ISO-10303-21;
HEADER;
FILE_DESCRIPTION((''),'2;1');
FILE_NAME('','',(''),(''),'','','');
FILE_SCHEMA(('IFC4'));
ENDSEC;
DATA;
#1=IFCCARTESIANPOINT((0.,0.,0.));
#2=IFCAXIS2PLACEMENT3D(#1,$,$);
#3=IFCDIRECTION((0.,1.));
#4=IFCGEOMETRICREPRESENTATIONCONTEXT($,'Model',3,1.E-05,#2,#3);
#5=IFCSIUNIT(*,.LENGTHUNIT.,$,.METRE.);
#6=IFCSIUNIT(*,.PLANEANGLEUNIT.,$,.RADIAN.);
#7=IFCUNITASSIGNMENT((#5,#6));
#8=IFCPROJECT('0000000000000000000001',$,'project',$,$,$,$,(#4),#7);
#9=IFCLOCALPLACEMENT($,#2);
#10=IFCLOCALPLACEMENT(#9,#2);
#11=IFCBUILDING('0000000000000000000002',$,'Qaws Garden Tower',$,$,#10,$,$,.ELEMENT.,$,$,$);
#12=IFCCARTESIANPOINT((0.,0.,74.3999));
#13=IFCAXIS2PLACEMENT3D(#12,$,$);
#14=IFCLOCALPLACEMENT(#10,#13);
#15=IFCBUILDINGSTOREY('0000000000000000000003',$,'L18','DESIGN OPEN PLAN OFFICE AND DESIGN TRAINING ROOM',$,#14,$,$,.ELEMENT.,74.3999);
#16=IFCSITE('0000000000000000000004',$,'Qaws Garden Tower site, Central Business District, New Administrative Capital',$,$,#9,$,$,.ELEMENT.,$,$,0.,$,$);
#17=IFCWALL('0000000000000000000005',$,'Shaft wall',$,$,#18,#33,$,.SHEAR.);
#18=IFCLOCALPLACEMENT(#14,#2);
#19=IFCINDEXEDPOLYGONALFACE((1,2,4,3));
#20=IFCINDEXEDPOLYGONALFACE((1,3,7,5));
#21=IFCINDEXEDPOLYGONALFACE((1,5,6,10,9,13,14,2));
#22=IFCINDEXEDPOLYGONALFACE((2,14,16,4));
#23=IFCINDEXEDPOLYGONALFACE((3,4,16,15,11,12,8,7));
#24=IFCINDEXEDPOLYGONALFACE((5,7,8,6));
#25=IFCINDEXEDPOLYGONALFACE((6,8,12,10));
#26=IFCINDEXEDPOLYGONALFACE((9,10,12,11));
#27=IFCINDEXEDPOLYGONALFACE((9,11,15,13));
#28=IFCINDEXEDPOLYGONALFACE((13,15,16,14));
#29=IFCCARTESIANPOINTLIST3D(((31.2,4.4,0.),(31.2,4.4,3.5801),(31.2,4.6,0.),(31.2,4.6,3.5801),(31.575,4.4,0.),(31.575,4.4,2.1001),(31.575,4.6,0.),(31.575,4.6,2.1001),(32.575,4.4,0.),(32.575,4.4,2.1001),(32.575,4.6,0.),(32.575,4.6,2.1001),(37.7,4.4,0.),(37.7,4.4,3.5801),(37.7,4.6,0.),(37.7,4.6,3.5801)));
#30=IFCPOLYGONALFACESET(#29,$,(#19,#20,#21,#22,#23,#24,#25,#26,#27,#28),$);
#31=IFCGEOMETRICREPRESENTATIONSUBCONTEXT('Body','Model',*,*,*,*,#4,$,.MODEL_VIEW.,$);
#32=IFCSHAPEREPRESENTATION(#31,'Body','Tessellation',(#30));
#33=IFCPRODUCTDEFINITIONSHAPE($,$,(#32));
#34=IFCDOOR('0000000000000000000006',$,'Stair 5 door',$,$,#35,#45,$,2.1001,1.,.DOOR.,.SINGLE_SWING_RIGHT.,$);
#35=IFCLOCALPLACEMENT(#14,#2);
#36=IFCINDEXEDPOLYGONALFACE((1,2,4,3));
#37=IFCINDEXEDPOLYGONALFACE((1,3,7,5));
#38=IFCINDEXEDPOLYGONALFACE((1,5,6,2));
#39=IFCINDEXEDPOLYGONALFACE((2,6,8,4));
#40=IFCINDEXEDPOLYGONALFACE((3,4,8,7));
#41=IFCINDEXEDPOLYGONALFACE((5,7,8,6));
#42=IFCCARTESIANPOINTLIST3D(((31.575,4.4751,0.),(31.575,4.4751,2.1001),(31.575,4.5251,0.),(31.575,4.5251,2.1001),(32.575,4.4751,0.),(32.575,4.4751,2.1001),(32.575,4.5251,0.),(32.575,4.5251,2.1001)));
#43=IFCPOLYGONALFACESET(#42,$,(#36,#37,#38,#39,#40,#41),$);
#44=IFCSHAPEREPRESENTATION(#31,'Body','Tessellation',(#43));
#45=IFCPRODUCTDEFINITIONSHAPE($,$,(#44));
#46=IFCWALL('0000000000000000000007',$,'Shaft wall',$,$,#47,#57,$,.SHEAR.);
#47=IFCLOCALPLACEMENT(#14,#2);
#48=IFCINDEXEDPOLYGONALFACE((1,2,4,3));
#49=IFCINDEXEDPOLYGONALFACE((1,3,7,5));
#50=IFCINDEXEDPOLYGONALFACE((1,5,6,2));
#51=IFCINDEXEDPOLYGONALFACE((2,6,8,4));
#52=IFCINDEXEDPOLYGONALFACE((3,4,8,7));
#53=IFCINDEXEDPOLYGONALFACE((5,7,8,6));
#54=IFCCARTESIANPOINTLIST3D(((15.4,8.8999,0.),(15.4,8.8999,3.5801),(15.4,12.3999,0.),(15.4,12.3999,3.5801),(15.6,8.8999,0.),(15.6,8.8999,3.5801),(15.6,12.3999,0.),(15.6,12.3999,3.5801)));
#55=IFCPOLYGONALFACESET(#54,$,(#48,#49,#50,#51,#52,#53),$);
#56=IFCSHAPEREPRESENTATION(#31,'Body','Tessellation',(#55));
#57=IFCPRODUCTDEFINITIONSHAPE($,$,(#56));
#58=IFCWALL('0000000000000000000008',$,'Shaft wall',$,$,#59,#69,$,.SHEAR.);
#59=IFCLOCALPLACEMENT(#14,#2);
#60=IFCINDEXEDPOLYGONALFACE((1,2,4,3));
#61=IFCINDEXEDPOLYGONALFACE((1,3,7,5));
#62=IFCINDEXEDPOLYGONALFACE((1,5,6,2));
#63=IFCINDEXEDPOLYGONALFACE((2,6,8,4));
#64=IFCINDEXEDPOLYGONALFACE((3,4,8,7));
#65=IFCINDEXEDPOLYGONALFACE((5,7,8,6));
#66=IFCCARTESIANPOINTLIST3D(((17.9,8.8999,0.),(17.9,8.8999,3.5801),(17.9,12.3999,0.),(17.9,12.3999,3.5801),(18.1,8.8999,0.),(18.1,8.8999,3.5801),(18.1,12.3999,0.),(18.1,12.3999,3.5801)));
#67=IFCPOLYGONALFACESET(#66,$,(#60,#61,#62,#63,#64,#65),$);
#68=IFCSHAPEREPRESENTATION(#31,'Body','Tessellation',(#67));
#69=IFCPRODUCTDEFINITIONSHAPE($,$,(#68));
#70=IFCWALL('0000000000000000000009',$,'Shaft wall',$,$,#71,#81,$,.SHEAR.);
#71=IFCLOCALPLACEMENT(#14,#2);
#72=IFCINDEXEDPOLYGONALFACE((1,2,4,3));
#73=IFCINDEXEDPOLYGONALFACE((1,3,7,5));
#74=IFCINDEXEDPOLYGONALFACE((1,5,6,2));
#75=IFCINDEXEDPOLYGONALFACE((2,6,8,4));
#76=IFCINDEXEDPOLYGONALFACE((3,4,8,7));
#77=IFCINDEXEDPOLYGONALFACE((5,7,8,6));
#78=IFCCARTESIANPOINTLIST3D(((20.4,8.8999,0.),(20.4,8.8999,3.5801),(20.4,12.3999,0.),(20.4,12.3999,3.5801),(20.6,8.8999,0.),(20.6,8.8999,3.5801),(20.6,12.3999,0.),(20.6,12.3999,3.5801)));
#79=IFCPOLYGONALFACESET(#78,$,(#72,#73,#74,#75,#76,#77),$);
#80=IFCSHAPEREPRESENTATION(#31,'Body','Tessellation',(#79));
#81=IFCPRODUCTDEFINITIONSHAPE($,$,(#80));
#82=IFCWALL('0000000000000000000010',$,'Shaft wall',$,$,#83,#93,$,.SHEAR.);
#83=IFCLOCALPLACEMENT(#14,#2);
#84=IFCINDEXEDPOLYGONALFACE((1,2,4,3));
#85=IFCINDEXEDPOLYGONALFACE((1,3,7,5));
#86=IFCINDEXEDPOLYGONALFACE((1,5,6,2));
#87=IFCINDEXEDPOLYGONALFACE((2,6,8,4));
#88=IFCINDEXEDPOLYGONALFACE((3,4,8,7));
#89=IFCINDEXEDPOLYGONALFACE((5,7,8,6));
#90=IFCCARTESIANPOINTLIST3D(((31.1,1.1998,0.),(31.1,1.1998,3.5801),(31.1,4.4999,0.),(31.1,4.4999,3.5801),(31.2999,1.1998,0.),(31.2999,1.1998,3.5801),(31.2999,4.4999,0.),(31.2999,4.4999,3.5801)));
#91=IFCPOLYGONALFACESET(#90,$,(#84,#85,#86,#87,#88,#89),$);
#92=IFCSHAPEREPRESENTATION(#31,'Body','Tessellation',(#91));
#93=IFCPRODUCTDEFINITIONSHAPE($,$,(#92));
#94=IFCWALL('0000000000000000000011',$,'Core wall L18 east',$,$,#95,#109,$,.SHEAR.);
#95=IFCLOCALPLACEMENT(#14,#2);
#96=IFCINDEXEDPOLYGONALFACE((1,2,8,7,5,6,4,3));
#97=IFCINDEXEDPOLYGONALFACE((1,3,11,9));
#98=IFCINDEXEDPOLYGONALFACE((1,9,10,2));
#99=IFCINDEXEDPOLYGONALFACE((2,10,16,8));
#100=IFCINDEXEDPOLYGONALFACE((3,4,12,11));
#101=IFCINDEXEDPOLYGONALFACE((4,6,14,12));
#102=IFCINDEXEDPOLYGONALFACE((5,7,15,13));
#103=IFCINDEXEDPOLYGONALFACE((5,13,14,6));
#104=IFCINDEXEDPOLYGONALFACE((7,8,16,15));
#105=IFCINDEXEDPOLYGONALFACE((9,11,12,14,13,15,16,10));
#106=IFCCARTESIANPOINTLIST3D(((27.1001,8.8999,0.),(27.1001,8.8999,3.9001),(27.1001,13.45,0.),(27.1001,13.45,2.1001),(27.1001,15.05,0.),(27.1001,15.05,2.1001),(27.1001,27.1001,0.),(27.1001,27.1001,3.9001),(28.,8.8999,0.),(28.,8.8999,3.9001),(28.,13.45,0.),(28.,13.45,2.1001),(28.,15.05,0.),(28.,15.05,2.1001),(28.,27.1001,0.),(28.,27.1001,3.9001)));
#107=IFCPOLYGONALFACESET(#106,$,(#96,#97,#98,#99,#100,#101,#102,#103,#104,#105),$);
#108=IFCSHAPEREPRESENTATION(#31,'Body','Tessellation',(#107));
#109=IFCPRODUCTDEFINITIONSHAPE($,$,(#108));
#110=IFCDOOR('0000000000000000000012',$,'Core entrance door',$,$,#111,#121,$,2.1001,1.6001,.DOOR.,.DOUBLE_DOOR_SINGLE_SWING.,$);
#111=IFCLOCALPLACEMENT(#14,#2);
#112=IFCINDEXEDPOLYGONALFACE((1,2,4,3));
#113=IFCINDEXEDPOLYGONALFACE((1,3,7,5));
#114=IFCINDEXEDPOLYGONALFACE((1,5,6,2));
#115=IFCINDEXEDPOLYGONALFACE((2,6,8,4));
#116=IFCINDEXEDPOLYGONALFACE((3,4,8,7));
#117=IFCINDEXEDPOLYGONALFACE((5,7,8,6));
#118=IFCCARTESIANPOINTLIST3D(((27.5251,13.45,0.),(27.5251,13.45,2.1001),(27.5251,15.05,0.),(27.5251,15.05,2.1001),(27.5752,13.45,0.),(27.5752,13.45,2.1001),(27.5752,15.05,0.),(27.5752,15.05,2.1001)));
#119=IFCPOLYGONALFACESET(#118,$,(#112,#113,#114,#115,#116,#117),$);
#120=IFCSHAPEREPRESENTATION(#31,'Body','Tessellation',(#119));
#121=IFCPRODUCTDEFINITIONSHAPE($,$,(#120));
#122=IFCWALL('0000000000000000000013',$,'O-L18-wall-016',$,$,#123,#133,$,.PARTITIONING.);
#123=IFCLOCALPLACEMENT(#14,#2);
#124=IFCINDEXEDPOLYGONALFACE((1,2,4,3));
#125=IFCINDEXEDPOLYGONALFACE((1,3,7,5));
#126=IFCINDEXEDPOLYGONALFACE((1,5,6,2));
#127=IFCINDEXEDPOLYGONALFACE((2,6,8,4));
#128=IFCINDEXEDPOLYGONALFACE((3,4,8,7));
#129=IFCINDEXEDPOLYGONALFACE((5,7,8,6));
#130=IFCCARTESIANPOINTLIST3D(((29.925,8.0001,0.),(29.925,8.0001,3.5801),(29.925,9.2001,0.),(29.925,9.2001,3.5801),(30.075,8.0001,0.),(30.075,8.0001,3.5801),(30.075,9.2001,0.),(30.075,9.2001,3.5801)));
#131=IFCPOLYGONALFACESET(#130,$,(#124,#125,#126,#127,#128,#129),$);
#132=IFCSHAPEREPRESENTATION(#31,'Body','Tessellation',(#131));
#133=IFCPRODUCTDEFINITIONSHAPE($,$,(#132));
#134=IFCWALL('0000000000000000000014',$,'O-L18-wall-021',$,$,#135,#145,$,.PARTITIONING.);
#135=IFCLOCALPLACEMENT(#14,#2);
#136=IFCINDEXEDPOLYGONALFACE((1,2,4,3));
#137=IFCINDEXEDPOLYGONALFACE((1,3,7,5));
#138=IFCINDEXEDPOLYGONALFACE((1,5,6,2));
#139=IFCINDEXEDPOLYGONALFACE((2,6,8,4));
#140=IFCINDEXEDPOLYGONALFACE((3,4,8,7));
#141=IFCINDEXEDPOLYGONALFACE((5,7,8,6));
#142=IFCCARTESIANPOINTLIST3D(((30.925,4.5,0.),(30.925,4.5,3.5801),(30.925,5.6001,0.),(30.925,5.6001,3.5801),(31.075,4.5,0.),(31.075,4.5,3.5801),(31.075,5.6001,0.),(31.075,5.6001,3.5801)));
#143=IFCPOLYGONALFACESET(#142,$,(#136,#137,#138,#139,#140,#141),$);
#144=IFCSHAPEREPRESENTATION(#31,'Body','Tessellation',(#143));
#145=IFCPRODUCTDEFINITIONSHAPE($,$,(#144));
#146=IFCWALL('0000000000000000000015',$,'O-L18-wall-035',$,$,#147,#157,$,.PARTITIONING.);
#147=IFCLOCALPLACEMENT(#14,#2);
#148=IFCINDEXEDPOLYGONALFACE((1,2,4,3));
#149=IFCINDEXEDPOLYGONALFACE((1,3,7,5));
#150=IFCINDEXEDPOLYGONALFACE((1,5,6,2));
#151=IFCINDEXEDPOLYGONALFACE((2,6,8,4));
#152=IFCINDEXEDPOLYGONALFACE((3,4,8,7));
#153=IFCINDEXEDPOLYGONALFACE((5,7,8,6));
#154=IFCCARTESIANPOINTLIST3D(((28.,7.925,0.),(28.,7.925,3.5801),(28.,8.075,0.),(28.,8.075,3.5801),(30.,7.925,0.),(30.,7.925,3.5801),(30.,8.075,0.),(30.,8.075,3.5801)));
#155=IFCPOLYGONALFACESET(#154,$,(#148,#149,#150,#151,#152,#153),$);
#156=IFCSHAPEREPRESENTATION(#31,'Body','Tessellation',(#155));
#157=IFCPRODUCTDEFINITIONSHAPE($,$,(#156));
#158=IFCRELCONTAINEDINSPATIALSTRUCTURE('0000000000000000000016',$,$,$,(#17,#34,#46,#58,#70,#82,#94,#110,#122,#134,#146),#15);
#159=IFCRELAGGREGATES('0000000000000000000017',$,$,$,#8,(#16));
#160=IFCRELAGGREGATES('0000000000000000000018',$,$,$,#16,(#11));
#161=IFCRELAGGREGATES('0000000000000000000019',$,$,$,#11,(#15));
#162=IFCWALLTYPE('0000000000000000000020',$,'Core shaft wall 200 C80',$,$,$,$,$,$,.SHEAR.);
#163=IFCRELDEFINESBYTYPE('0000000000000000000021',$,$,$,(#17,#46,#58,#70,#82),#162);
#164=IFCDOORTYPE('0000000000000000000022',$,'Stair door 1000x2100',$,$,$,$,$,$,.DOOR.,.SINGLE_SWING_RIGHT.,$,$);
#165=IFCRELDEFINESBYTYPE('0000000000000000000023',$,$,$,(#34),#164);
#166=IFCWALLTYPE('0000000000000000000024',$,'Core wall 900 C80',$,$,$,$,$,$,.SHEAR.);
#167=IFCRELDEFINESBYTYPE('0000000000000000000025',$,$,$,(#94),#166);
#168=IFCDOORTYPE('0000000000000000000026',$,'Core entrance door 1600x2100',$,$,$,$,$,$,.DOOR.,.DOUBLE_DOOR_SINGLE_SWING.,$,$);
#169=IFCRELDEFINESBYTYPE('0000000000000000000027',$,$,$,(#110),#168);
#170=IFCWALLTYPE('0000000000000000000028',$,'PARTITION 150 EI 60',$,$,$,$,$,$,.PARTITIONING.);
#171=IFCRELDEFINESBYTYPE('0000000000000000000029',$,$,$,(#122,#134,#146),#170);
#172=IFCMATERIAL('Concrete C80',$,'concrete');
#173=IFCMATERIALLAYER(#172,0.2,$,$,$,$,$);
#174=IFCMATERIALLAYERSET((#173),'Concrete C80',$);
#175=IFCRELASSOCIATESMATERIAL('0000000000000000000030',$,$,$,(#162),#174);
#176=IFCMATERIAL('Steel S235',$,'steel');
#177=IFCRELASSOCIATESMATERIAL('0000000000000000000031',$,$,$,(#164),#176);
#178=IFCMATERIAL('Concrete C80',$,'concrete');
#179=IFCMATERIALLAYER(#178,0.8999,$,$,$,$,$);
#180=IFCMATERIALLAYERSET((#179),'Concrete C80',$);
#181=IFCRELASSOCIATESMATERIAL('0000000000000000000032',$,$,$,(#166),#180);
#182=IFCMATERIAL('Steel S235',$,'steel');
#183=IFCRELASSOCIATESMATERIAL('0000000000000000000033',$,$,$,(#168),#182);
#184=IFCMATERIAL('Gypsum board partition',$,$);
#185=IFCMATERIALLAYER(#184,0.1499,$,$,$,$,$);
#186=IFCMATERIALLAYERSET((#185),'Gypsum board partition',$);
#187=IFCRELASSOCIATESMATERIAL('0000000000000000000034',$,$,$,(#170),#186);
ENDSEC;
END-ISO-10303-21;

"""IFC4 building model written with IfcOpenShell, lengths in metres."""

from ifc_helpers import new_model, si_unit, direction, frame, frame_2d, origin, place, context, subcontext, project, spatial, rectangle, extrude, material, layer, layer_set, type_object, element, fill, save


model = new_model("IFC4")

# Units and contexts
model_context = context("Model", 3, precision=1e-05, world=origin(), true_north=direction((0.0, 1.0)))
body_context = subcontext(model_context, "Body", "Model", "MODEL_VIEW")
ifc_project = project(units=[si_unit("LENGTHUNIT", "METRE"), si_unit("PLANEANGLEUNIT", "RADIAN")], contexts=[model_context])

# Site, building, storey
site_placement = place(None, origin())
site = spatial("IfcSite", under=ifc_project, at=site_placement, Name="Qaws Garden Tower site, Central Business District, New Administrative Capital", CompositionType="ELEMENT", RefElevation=0.0)
building_placement = place(site_placement, origin())
building = spatial("IfcBuilding", under=site, at=building_placement, Name="Qaws Garden Tower", CompositionType="ELEMENT")
storey_placement = place(building_placement, frame((0.0, 0.0, 74.3999)))
storey = spatial("IfcBuildingStorey", under=building, at=storey_placement, Name="L18", Description="DESIGN OPEN PLAN OFFICE AND DESIGN TRAINING ROOM", CompositionType="ELEMENT", Elevation=74.3999)

# Shared definitions
ifc_material_1 = material(Name="Concrete C80", Category="concrete")
ifc_layer_1 = layer(ifc_material_1, 0.2)
ifc_layer_set_1 = layer_set([ifc_layer_1], Name="Concrete C80")
wall_type_1 = type_object("IfcWallType", Name="Core shaft wall 200 C80", PredefinedType="SHEAR", material=ifc_layer_set_1)

# Wall, opening, door
wall_1_placement = place(storey_placement, frame((31.2, 4.5, 0.0), z_axis=(0.0, 0.0, 1.0), x_axis=(1.0, 0.0, 0.0)))
wall_1 = element("IfcWall", 1, at=wall_1_placement, inside=storey, type_object=wall_type_1, Name="Shaft wall", PredefinedType="SHEAR", context=body_context, shape_type="SweptSolid", body=[
    extrude(rectangle(XDim=6.5, YDim=0.2, at=frame_2d((3.25, 0.0))), origin(), (0.0, 0.0, 1.0), 3.5801),
])
opening_1_placement = place(wall_1_placement, frame((0.375, 0.0, 0.0)))
opening_1 = element("IfcOpeningElement", 2, at=opening_1_placement, cuts=wall_1, PredefinedType="OPENING", context=body_context, shape_type="SweptSolid", body=[
    extrude(rectangle(XDim=1.0, YDim=2.1001, at=frame_2d((0.5, 1.05))), frame((0.0, 0.1099, 0.0), z_axis=(0.0, -1.0, 0.0), x_axis=(1.0, 0.0, 0.0)), (0.0, 0.0, 1.0), 0.22),
])
ifc_material_2 = material(Name="Steel S235", Category="steel")
door_type_1 = type_object("IfcDoorType", Name="Stair door 1000x2100", OperationType="SINGLE_SWING_RIGHT", PredefinedType="DOOR", material=ifc_material_2)
door_1_placement = place(opening_1_placement, frame((1.0, 0.0, 0.0), z_axis=(0.0, 0.0, 1.0), x_axis=(-1.0, 0.0, 0.0)))
door_1 = element("IfcDoor", 3, at=door_1_placement, inside=storey, type_object=door_type_1, Name="Stair 5 door", OperationType="SINGLE_SWING_RIGHT", OverallHeight=2.1001, OverallWidth=1.0, PredefinedType="DOOR", context=body_context, shape_type="SweptSolid", body=[
    extrude(rectangle(XDim=1.0, YDim=2.1001, at=frame_2d((0.5, 1.05))), frame((0.0, 0.0249, 0.0), z_axis=(0.0, -1.0, 0.0), x_axis=(1.0, 0.0, 0.0)), (0.0, 0.0, 1.0), 0.05),
])
fill(opening_1, door_1)

# Walls
for number, where, z_axis, x_axis, name in (
    (4, (15.5, 8.8999, 0.0), (0.0, 0.0, 1.0), (0.0, 1.0, 0.0), "Shaft wall"),
    (5, (18.0, 8.8999, 0.0), (0.0, 0.0, 1.0), (0.0, 1.0, 0.0), "Shaft wall"),
    (6, (20.5, 8.8999, 0.0), (0.0, 0.0, 1.0), (0.0, 1.0, 0.0), "Shaft wall"),
):
    element("IfcWall", number, at=place(storey_placement, frame(where, z_axis=z_axis, x_axis=x_axis)), inside=storey, type_object=wall_type_1, Name=name, PredefinedType="SHEAR", context=body_context, shape_type="SweptSolid", body=[
        extrude(rectangle(XDim=3.5, YDim=0.2, at=frame_2d((1.75, 0.0))), origin(), (0.0, 0.0, 1.0), 3.5801),
    ])
wall_2_placement = place(storey_placement, frame((31.2, 1.2, 0.0), z_axis=(0.0, 0.0, 1.0), x_axis=(0.0, 1.0, 0.0)))
element("IfcWall", 7, at=wall_2_placement, inside=storey, type_object=wall_type_1, Name="Shaft wall", PredefinedType="SHEAR", context=body_context, shape_type="SweptSolid", body=[
    extrude(rectangle(XDim=3.3, YDim=0.2, at=frame_2d((1.6499, 0.0))), origin(), (0.0, 0.0, 1.0), 3.5801),
])

# Wall, opening, door
ifc_material_3 = material(Name="Concrete C80", Category="concrete")
ifc_layer_2 = layer(ifc_material_3, 0.8999)
ifc_layer_set_2 = layer_set([ifc_layer_2], Name="Concrete C80")
wall_type_2 = type_object("IfcWallType", Name="Core wall 900 C80", PredefinedType="SHEAR", material=ifc_layer_set_2)
wall_3_placement = place(storey_placement, frame((27.55, 8.8999, 0.0), z_axis=(0.0, 0.0, 1.0), x_axis=(0.0, 1.0, 0.0)))
wall_3 = element("IfcWall", 8, at=wall_3_placement, inside=storey, type_object=wall_type_2, Name="Core wall L18 east", PredefinedType="SHEAR", context=body_context, shape_type="SweptSolid", body=[
    extrude(rectangle(XDim=18.2002, YDim=0.8999, at=frame_2d((9.1001, 0.0))), origin(), (0.0, 0.0, 1.0), 3.9001),
])
opening_2_placement = place(wall_3_placement, frame((4.55, 0.0, 0.0)))
opening_2 = element("IfcOpeningElement", 9, at=opening_2_placement, cuts=wall_3, PredefinedType="OPENING", context=body_context, shape_type="SweptSolid", body=[
    extrude(rectangle(XDim=1.6001, YDim=2.1001, at=frame_2d((0.8, 1.05))), frame((0.0, 0.46, 0.0), z_axis=(0.0, -1.0, 0.0), x_axis=(1.0, 0.0, 0.0)), (0.0, 0.0, 1.0), 0.9199),
])
ifc_material_4 = material(Name="Steel S235", Category="steel")
door_type_2 = type_object("IfcDoorType", Name="Core entrance door 1600x2100", OperationType="DOUBLE_DOOR_SINGLE_SWING", PredefinedType="DOOR", material=ifc_material_4)
door_2_placement = place(opening_2_placement, origin())
door_2 = element("IfcDoor", 10, at=door_2_placement, inside=storey, type_object=door_type_2, Name="Core entrance door", OperationType="DOUBLE_DOOR_SINGLE_SWING", OverallHeight=2.1001, OverallWidth=1.6001, PredefinedType="DOOR", context=body_context, shape_type="SweptSolid", body=[
    extrude(rectangle(XDim=1.6001, YDim=2.1001, at=frame_2d((0.8, 1.05))), frame((0.0, 0.0249, 0.0), z_axis=(0.0, -1.0, 0.0), x_axis=(1.0, 0.0, 0.0)), (0.0, 0.0, 1.0), 0.05),
])
fill(opening_2, door_2)

# Walls
ifc_material_5 = material(Name="Gypsum board partition")
ifc_layer_3 = layer(ifc_material_5, 0.1499)
ifc_layer_set_3 = layer_set([ifc_layer_3], Name="Gypsum board partition")
wall_type_3 = type_object("IfcWallType", Name="PARTITION 150 EI 60", PredefinedType="PARTITIONING", material=ifc_layer_set_3)
wall_4_placement = place(storey_placement, frame((30.0, 8.0, 0.0), z_axis=(0.0, 0.0, 1.0), x_axis=(0.0, 1.0, 0.0)))
element("IfcWall", 11, at=wall_4_placement, inside=storey, type_object=wall_type_3, Name="O-L18-wall-016", PredefinedType="PARTITIONING", context=body_context, shape_type="SweptSolid", body=[
    extrude(rectangle(XDim=1.2, YDim=0.1499, at=frame_2d((0.6001, 0.0))), origin(), (0.0, 0.0, 1.0), 3.5801),
])
wall_5_placement = place(storey_placement, frame((31.0, 4.5, 0.0), z_axis=(0.0, 0.0, 1.0), x_axis=(0.0, 1.0, 0.0)))
element("IfcWall", 12, at=wall_5_placement, inside=storey, type_object=wall_type_3, Name="O-L18-wall-021", PredefinedType="PARTITIONING", context=body_context, shape_type="SweptSolid", body=[
    extrude(rectangle(XDim=1.1001, YDim=0.1499, at=frame_2d((0.55, 0.0))), origin(), (0.0, 0.0, 1.0), 3.5801),
])
wall_6_placement = place(storey_placement, frame((28.0, 8.0, 0.0), z_axis=(0.0, 0.0, 1.0), x_axis=(1.0, 0.0, 0.0)))
element("IfcWall", 13, at=wall_6_placement, inside=storey, type_object=wall_type_3, Name="O-L18-wall-035", PredefinedType="PARTITIONING", context=body_context, shape_type="SweptSolid", body=[
    extrude(rectangle(XDim=2.0, YDim=0.1499, at=frame_2d((1.0, 0.0))), origin(), (0.0, 0.0, 1.0), 3.5801),
])

save(model, "model.ifc")
